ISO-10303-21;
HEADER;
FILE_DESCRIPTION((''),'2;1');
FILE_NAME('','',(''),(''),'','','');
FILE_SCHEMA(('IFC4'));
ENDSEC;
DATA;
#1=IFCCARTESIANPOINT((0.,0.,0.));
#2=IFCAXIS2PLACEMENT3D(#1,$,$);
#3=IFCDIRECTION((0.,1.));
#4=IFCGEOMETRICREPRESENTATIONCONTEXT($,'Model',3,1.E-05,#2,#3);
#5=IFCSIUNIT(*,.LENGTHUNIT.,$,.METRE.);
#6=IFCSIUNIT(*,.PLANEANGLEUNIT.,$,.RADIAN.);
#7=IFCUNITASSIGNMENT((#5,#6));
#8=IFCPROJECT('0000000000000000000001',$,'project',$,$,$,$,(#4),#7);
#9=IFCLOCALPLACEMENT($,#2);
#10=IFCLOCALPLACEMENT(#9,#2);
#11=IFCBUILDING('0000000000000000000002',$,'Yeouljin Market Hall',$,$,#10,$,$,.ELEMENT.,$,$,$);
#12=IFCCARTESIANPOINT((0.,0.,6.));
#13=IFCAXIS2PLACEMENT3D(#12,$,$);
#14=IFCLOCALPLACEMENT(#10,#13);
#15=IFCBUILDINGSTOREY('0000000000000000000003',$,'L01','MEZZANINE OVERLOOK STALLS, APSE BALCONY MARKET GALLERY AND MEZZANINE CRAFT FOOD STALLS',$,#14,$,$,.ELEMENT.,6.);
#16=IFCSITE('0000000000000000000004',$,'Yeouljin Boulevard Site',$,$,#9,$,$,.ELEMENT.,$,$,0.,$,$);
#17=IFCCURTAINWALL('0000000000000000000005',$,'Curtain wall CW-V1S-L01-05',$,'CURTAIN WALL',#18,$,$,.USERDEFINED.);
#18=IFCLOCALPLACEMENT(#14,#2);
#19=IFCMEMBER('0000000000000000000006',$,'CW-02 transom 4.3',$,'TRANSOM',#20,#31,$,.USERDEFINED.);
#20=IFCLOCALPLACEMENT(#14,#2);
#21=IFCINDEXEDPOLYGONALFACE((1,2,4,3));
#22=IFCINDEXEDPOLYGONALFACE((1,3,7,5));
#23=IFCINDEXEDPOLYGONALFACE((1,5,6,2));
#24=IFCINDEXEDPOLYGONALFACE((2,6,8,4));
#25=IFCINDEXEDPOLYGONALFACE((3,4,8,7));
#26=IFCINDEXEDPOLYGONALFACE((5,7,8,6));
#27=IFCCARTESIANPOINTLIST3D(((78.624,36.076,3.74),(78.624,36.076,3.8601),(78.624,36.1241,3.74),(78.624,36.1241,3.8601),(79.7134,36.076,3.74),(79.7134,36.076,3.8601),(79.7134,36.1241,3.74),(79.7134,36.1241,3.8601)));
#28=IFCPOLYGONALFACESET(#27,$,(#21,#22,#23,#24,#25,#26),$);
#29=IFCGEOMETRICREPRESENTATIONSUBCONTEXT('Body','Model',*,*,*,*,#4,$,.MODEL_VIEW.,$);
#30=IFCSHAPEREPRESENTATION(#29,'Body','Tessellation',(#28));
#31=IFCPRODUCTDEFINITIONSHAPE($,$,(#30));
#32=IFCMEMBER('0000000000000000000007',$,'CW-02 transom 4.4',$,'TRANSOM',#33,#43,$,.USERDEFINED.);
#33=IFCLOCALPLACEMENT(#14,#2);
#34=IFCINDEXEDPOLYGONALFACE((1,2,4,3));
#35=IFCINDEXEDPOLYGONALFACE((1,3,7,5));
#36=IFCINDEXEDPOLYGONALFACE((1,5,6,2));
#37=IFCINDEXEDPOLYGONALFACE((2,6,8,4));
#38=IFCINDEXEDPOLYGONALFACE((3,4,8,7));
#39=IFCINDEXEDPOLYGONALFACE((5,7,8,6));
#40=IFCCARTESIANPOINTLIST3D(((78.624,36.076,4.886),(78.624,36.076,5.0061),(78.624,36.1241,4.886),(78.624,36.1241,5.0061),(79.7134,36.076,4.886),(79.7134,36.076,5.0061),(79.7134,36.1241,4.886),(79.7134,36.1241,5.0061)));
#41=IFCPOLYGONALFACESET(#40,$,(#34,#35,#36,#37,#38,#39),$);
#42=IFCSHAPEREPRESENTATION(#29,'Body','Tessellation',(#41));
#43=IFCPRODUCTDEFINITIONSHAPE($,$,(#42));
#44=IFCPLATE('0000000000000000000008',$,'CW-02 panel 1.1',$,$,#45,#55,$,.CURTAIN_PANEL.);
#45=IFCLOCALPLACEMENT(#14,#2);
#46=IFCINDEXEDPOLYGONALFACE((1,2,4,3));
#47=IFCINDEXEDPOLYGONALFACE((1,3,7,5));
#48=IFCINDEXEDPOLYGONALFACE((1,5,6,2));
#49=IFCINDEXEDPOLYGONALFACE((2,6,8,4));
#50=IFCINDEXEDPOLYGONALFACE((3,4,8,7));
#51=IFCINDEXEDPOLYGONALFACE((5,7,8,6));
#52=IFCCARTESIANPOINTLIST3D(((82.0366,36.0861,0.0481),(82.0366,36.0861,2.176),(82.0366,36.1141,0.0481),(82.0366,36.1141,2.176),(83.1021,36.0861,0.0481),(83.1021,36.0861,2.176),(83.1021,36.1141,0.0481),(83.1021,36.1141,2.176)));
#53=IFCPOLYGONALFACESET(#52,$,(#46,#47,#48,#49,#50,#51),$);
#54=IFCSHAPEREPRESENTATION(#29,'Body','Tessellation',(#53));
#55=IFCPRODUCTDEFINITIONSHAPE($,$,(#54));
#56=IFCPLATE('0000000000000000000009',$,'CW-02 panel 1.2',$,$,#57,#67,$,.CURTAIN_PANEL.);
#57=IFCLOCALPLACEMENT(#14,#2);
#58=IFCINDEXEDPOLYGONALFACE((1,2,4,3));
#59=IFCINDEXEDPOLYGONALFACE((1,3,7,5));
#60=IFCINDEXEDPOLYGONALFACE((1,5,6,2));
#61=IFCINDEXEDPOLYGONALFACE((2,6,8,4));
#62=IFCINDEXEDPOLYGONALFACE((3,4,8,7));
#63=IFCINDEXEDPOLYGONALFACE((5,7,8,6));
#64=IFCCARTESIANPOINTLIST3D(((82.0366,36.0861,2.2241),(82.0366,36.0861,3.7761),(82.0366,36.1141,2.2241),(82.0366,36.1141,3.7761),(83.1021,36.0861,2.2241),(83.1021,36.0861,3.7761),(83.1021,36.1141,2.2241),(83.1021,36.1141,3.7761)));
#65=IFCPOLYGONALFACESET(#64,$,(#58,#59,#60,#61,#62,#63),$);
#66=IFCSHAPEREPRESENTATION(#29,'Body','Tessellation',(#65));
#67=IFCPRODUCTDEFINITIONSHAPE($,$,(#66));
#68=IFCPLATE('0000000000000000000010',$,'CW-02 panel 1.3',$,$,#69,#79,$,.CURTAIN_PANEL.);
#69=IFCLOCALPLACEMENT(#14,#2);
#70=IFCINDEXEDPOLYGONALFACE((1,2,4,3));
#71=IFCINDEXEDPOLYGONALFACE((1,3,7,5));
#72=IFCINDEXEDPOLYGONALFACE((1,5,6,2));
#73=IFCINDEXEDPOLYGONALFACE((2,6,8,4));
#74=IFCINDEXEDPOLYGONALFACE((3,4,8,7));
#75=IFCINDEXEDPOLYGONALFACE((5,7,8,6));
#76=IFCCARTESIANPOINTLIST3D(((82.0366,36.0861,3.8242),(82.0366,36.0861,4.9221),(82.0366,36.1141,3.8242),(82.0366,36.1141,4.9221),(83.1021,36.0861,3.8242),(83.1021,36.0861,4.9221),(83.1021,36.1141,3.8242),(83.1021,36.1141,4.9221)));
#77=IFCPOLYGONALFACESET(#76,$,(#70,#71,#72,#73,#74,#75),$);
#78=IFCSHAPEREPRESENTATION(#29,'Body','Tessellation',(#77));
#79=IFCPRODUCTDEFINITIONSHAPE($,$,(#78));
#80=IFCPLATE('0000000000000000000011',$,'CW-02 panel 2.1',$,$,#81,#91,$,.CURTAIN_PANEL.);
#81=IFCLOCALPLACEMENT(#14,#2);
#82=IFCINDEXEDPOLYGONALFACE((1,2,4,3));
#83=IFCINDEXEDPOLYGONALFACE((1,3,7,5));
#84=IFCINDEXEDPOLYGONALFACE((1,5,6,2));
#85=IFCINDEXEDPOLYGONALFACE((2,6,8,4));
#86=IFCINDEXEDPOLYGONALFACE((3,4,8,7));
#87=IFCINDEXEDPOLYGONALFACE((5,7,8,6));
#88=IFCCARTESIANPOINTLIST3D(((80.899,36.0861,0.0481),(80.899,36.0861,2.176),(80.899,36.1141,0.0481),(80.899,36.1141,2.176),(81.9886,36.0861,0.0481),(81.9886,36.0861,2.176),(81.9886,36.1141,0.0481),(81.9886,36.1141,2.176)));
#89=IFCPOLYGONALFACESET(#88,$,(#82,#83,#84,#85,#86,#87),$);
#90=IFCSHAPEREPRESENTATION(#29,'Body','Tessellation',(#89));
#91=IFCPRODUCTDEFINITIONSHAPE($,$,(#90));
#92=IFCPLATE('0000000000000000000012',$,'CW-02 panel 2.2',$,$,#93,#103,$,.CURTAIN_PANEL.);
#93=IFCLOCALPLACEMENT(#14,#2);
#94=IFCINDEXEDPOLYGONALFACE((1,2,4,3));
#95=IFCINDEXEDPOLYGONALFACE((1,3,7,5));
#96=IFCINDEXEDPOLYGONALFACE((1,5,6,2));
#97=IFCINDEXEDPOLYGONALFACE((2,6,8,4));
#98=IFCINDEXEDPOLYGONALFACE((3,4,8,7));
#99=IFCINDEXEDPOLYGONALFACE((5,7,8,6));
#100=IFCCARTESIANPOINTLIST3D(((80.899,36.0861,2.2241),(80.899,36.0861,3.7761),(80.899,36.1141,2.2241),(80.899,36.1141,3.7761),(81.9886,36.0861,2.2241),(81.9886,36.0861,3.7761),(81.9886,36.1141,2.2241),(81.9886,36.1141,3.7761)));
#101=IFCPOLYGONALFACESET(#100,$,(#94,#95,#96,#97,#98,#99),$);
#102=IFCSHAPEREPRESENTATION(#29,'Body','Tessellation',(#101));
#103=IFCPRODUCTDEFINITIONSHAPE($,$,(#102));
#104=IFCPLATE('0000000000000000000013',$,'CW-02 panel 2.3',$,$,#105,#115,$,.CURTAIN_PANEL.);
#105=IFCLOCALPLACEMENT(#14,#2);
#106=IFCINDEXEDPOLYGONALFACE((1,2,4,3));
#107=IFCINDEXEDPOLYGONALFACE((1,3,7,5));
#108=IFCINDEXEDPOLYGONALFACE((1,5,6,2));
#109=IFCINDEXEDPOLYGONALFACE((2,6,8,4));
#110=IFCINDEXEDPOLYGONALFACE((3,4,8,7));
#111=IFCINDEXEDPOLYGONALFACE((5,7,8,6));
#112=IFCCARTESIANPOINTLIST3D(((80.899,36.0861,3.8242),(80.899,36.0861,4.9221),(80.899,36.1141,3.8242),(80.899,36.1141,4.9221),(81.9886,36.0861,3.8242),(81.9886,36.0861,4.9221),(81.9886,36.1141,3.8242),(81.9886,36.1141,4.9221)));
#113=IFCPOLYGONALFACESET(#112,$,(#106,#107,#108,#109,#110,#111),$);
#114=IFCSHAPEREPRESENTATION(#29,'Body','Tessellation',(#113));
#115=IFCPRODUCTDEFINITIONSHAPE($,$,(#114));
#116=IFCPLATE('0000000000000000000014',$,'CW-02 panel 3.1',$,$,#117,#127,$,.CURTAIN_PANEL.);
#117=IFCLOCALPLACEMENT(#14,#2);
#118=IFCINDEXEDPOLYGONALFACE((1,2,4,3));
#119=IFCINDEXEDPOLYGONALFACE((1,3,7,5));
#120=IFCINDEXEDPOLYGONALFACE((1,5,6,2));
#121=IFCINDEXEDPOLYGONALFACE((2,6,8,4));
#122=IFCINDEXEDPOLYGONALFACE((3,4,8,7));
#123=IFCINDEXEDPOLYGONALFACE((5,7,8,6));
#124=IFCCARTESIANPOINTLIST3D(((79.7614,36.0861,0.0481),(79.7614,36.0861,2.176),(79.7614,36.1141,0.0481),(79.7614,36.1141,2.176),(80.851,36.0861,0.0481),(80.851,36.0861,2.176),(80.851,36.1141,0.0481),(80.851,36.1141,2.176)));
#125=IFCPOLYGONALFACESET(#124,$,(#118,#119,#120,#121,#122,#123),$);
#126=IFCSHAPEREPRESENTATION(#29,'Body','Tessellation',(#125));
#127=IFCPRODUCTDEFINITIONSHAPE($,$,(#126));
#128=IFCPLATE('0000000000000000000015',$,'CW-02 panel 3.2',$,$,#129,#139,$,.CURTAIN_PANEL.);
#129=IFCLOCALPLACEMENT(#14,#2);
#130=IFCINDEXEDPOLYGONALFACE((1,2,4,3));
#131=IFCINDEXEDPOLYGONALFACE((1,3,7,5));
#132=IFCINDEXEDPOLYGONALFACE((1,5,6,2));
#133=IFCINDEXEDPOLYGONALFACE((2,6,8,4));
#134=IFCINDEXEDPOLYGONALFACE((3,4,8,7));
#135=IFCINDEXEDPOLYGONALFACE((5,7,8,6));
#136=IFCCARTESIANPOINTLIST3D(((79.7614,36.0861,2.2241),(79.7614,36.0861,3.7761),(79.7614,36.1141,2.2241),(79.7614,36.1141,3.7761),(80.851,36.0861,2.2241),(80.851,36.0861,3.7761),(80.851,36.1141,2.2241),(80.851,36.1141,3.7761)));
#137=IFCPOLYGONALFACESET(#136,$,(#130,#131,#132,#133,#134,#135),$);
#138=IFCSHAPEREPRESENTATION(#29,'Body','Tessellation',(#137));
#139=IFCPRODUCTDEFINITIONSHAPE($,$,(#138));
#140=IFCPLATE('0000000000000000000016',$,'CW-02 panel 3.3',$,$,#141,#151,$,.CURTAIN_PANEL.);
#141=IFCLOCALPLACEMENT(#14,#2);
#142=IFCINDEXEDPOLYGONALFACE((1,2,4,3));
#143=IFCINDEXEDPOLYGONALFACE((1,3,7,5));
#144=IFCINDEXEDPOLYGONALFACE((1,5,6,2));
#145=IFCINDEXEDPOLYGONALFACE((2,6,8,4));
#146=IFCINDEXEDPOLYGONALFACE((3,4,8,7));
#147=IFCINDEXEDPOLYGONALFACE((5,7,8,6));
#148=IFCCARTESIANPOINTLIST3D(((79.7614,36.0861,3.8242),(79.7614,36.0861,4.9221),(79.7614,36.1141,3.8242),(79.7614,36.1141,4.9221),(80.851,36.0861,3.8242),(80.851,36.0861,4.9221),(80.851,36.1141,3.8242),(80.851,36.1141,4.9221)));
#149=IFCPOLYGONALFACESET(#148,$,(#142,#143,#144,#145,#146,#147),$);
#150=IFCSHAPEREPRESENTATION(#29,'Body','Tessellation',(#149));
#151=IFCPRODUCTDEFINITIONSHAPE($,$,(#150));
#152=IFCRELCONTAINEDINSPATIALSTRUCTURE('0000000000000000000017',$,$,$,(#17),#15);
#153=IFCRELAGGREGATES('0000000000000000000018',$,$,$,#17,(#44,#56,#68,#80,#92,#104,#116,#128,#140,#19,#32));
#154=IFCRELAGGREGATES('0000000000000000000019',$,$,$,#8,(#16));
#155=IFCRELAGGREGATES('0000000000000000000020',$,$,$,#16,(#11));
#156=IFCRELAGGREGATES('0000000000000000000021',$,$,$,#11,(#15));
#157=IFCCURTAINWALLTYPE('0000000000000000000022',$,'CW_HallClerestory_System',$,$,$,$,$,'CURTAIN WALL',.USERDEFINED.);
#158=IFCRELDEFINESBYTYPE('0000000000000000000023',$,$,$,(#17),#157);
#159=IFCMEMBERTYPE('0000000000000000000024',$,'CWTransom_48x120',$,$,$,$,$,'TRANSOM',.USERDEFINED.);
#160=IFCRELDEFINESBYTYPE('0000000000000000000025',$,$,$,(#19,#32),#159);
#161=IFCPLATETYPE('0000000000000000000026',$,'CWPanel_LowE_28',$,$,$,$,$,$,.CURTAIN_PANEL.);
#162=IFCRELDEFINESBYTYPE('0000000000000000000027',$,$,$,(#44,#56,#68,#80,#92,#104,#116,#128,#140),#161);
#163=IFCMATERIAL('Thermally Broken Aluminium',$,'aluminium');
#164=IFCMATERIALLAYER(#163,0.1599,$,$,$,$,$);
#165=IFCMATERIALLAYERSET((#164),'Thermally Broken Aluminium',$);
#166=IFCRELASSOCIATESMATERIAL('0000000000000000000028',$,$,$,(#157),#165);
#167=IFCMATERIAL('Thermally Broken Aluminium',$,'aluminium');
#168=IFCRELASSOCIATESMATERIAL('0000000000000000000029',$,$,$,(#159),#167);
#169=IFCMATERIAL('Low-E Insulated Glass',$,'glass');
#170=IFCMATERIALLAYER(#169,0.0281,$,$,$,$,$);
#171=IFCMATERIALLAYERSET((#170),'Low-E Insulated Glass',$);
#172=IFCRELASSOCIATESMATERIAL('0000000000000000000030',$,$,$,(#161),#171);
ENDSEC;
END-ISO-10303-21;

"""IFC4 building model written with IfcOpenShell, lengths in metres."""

from ifc_helpers import new_model, si_unit, direction, frame, origin, origin_2d, place, context, subcontext, project, spatial, rectangle, extrude, material, layer, layer_set, material_profile, profile_set, type_object, element, aggregate, save


model = new_model("IFC4")

# Units and contexts
model_context = context("Model", 3, precision=1e-05, world=origin(), true_north=direction((0.0, 1.0)))
body_context = subcontext(model_context, "Body", "Model", "MODEL_VIEW")
ifc_project = project(units=[si_unit("LENGTHUNIT", "METRE"), si_unit("PLANEANGLEUNIT", "RADIAN")], contexts=[model_context])

# Site, building, storey
site_placement = place(None, origin())
site = spatial("IfcSite", under=ifc_project, at=site_placement, Name="Yeouljin Boulevard Site", CompositionType="ELEMENT", RefElevation=0.0)
building_placement = place(site_placement, origin())
building = spatial("IfcBuilding", under=site, at=building_placement, Name="Yeouljin Market Hall", CompositionType="ELEMENT")
storey_placement = place(building_placement, frame((0.0, 0.0, 6.0)))
storey = spatial("IfcBuildingStorey", under=building, at=storey_placement, Name="L01", Description="MEZZANINE OVERLOOK STALLS, APSE BALCONY MARKET GALLERY AND MEZZANINE CRAFT FOOD STALLS", CompositionType="ELEMENT", Elevation=6.0)

# Curtain wall, members, plates
ifc_material_1 = material(Name="Thermally Broken Aluminium", Category="aluminium")
ifc_layer_1 = layer(ifc_material_1, 0.1599)
ifc_layer_set_1 = layer_set([ifc_layer_1], Name="Thermally Broken Aluminium")
curtain_wall_type = type_object("IfcCurtainWallType", Name="CW_HallClerestory_System", ElementType="CURTAIN WALL", PredefinedType="USERDEFINED", material=ifc_layer_set_1)
curtain_wall_placement = place(storey_placement, origin())
curtain_wall = element("IfcCurtainWall", 1, at=curtain_wall_placement, inside=storey, type_object=curtain_wall_type, Name="Curtain wall CW-V1S-L01-05", ObjectType="CURTAIN WALL", PredefinedType="USERDEFINED")
ifc_material_2 = material(Name="Thermally Broken Aluminium", Category="aluminium")
ifc_material_profile_1 = material_profile(ifc_material_2, rectangle(XDim=0.0481, YDim=0.1201, at=origin_2d()), Name="CW-TRAN-48x120")
ifc_profile_set_1 = profile_set([ifc_material_profile_1], Name="Thermally Broken Aluminium")
member_type_1 = type_object("IfcMemberType", Name="CWTransom_48x120", ElementType="TRANSOM", PredefinedType="USERDEFINED", material=ifc_profile_set_1)
member_1_placement = place(storey_placement, frame((79.7134, 36.1001, 3.8), z_axis=(-1.0, 0.0, 0.0), x_axis=(0.0, -1.0, 0.0)))
member_1 = element("IfcMember", 2, at=member_1_placement, type_object=member_type_1, Name="CW-02 transom 4.3", ObjectType="TRANSOM", PredefinedType="USERDEFINED", context=body_context, shape_type="SweptSolid", body=[
    extrude(rectangle(XDim=0.0481, YDim=0.1201, at=origin_2d()), origin(), (0.0, 0.0, 1.0), 1.0894),
])
member_2_placement = place(storey_placement, frame((79.7134, 36.1001, 4.946), z_axis=(-1.0, 0.0, 0.0), x_axis=(0.0, -1.0, 0.0)))
member_2 = element("IfcMember", 3, at=member_2_placement, type_object=member_type_1, Name="CW-02 transom 4.4", ObjectType="TRANSOM", PredefinedType="USERDEFINED", context=body_context, shape_type="SweptSolid", body=[
    extrude(rectangle(XDim=0.0481, YDim=0.1201, at=origin_2d()), origin(), (0.0, 0.0, 1.0), 1.0894),
])
ifc_material_3 = material(Name="Low-E Insulated Glass", Category="glass")
ifc_layer_2 = layer(ifc_material_3, 0.0281)
ifc_layer_set_2 = layer_set([ifc_layer_2], Name="Low-E Insulated Glass")
plate_type = type_object("IfcPlateType", Name="CWPanel_LowE_28", PredefinedType="CURTAIN_PANEL", material=ifc_layer_set_2)
plate_1_placement = place(storey_placement, frame((82.5693, 36.1001, 0.0481), z_axis=(0.0, 0.0, 1.0), x_axis=(-1.0, 0.0, 0.0)))
plate_1 = element("IfcPlate", 4, at=plate_1_placement, type_object=plate_type, Name="CW-02 panel 1.1", PredefinedType="CURTAIN_PANEL", context=body_context, shape_type="SweptSolid", body=[
    extrude(rectangle(XDim=1.0654, YDim=0.0281, at=origin_2d()), origin(), (0.0, 0.0, 1.0), 2.1279),
])
plate_2_placement = place(storey_placement, frame((82.5693, 36.1001, 2.2241), z_axis=(0.0, 0.0, 1.0), x_axis=(-1.0, 0.0, 0.0)))
plate_2 = element("IfcPlate", 5, at=plate_2_placement, type_object=plate_type, Name="CW-02 panel 1.2", PredefinedType="CURTAIN_PANEL", context=body_context, shape_type="SweptSolid", body=[
    extrude(rectangle(XDim=1.0654, YDim=0.0281, at=origin_2d()), origin(), (0.0, 0.0, 1.0), 1.552),
])
plate_3_placement = place(storey_placement, frame((82.5693, 36.1001, 3.8242), z_axis=(0.0, 0.0, 1.0), x_axis=(-1.0, 0.0, 0.0)))
plate_3 = element("IfcPlate", 6, at=plate_3_placement, type_object=plate_type, Name="CW-02 panel 1.3", PredefinedType="CURTAIN_PANEL", context=body_context, shape_type="SweptSolid", body=[
    extrude(rectangle(XDim=1.0654, YDim=0.0281, at=origin_2d()), origin(), (0.0, 0.0, 1.0), 1.0979),
])
plate_4_placement = place(storey_placement, frame((81.4438, 36.1001, 0.0481), z_axis=(0.0, 0.0, 1.0), x_axis=(-1.0, 0.0, 0.0)))
plate_4 = element("IfcPlate", 7, at=plate_4_placement, type_object=plate_type, Name="CW-02 panel 2.1", PredefinedType="CURTAIN_PANEL", context=body_context, shape_type="SweptSolid", body=[
    extrude(rectangle(XDim=1.0896, YDim=0.0281, at=origin_2d()), origin(), (0.0, 0.0, 1.0), 2.1279),
])
plate_5_placement = place(storey_placement, frame((81.4438, 36.1001, 2.2241), z_axis=(0.0, 0.0, 1.0), x_axis=(-1.0, 0.0, 0.0)))
plate_5 = element("IfcPlate", 8, at=plate_5_placement, type_object=plate_type, Name="CW-02 panel 2.2", PredefinedType="CURTAIN_PANEL", context=body_context, shape_type="SweptSolid", body=[
    extrude(rectangle(XDim=1.0896, YDim=0.0281, at=origin_2d()), origin(), (0.0, 0.0, 1.0), 1.552),
])
plate_6_placement = place(storey_placement, frame((81.4438, 36.1001, 3.8242), z_axis=(0.0, 0.0, 1.0), x_axis=(-1.0, 0.0, 0.0)))
plate_6 = element("IfcPlate", 9, at=plate_6_placement, type_object=plate_type, Name="CW-02 panel 2.3", PredefinedType="CURTAIN_PANEL", context=body_context, shape_type="SweptSolid", body=[
    extrude(rectangle(XDim=1.0896, YDim=0.0281, at=origin_2d()), origin(), (0.0, 0.0, 1.0), 1.0979),
])
plate_7_placement = place(storey_placement, frame((80.3062, 36.1001, 0.0481), z_axis=(0.0, 0.0, 1.0), x_axis=(-1.0, 0.0, 0.0)))
plate_7 = element("IfcPlate", 10, at=plate_7_placement, type_object=plate_type, Name="CW-02 panel 3.1", PredefinedType="CURTAIN_PANEL", context=body_context, shape_type="SweptSolid", body=[
    extrude(rectangle(XDim=1.0896, YDim=0.0281, at=origin_2d()), origin(), (0.0, 0.0, 1.0), 2.1279),
])
plate_8_placement = place(storey_placement, frame((80.3062, 36.1001, 2.2241), z_axis=(0.0, 0.0, 1.0), x_axis=(-1.0, 0.0, 0.0)))
plate_8 = element("IfcPlate", 11, at=plate_8_placement, type_object=plate_type, Name="CW-02 panel 3.2", PredefinedType="CURTAIN_PANEL", context=body_context, shape_type="SweptSolid", body=[
    extrude(rectangle(XDim=1.0896, YDim=0.0281, at=origin_2d()), origin(), (0.0, 0.0, 1.0), 1.552),
])
plate_9_placement = place(storey_placement, frame((80.3062, 36.1001, 3.8242), z_axis=(0.0, 0.0, 1.0), x_axis=(-1.0, 0.0, 0.0)))
plate_9 = element("IfcPlate", 12, at=plate_9_placement, type_object=plate_type, Name="CW-02 panel 3.3", PredefinedType="CURTAIN_PANEL", context=body_context, shape_type="SweptSolid", body=[
    extrude(rectangle(XDim=1.0896, YDim=0.0281, at=origin_2d()), origin(), (0.0, 0.0, 1.0), 1.0979),
])
aggregate(curtain_wall, [plate_1, plate_2, plate_3, plate_4, plate_5, plate_6, plate_7, plate_8, plate_9, member_1, member_2])

save(model, "model.ifc")
